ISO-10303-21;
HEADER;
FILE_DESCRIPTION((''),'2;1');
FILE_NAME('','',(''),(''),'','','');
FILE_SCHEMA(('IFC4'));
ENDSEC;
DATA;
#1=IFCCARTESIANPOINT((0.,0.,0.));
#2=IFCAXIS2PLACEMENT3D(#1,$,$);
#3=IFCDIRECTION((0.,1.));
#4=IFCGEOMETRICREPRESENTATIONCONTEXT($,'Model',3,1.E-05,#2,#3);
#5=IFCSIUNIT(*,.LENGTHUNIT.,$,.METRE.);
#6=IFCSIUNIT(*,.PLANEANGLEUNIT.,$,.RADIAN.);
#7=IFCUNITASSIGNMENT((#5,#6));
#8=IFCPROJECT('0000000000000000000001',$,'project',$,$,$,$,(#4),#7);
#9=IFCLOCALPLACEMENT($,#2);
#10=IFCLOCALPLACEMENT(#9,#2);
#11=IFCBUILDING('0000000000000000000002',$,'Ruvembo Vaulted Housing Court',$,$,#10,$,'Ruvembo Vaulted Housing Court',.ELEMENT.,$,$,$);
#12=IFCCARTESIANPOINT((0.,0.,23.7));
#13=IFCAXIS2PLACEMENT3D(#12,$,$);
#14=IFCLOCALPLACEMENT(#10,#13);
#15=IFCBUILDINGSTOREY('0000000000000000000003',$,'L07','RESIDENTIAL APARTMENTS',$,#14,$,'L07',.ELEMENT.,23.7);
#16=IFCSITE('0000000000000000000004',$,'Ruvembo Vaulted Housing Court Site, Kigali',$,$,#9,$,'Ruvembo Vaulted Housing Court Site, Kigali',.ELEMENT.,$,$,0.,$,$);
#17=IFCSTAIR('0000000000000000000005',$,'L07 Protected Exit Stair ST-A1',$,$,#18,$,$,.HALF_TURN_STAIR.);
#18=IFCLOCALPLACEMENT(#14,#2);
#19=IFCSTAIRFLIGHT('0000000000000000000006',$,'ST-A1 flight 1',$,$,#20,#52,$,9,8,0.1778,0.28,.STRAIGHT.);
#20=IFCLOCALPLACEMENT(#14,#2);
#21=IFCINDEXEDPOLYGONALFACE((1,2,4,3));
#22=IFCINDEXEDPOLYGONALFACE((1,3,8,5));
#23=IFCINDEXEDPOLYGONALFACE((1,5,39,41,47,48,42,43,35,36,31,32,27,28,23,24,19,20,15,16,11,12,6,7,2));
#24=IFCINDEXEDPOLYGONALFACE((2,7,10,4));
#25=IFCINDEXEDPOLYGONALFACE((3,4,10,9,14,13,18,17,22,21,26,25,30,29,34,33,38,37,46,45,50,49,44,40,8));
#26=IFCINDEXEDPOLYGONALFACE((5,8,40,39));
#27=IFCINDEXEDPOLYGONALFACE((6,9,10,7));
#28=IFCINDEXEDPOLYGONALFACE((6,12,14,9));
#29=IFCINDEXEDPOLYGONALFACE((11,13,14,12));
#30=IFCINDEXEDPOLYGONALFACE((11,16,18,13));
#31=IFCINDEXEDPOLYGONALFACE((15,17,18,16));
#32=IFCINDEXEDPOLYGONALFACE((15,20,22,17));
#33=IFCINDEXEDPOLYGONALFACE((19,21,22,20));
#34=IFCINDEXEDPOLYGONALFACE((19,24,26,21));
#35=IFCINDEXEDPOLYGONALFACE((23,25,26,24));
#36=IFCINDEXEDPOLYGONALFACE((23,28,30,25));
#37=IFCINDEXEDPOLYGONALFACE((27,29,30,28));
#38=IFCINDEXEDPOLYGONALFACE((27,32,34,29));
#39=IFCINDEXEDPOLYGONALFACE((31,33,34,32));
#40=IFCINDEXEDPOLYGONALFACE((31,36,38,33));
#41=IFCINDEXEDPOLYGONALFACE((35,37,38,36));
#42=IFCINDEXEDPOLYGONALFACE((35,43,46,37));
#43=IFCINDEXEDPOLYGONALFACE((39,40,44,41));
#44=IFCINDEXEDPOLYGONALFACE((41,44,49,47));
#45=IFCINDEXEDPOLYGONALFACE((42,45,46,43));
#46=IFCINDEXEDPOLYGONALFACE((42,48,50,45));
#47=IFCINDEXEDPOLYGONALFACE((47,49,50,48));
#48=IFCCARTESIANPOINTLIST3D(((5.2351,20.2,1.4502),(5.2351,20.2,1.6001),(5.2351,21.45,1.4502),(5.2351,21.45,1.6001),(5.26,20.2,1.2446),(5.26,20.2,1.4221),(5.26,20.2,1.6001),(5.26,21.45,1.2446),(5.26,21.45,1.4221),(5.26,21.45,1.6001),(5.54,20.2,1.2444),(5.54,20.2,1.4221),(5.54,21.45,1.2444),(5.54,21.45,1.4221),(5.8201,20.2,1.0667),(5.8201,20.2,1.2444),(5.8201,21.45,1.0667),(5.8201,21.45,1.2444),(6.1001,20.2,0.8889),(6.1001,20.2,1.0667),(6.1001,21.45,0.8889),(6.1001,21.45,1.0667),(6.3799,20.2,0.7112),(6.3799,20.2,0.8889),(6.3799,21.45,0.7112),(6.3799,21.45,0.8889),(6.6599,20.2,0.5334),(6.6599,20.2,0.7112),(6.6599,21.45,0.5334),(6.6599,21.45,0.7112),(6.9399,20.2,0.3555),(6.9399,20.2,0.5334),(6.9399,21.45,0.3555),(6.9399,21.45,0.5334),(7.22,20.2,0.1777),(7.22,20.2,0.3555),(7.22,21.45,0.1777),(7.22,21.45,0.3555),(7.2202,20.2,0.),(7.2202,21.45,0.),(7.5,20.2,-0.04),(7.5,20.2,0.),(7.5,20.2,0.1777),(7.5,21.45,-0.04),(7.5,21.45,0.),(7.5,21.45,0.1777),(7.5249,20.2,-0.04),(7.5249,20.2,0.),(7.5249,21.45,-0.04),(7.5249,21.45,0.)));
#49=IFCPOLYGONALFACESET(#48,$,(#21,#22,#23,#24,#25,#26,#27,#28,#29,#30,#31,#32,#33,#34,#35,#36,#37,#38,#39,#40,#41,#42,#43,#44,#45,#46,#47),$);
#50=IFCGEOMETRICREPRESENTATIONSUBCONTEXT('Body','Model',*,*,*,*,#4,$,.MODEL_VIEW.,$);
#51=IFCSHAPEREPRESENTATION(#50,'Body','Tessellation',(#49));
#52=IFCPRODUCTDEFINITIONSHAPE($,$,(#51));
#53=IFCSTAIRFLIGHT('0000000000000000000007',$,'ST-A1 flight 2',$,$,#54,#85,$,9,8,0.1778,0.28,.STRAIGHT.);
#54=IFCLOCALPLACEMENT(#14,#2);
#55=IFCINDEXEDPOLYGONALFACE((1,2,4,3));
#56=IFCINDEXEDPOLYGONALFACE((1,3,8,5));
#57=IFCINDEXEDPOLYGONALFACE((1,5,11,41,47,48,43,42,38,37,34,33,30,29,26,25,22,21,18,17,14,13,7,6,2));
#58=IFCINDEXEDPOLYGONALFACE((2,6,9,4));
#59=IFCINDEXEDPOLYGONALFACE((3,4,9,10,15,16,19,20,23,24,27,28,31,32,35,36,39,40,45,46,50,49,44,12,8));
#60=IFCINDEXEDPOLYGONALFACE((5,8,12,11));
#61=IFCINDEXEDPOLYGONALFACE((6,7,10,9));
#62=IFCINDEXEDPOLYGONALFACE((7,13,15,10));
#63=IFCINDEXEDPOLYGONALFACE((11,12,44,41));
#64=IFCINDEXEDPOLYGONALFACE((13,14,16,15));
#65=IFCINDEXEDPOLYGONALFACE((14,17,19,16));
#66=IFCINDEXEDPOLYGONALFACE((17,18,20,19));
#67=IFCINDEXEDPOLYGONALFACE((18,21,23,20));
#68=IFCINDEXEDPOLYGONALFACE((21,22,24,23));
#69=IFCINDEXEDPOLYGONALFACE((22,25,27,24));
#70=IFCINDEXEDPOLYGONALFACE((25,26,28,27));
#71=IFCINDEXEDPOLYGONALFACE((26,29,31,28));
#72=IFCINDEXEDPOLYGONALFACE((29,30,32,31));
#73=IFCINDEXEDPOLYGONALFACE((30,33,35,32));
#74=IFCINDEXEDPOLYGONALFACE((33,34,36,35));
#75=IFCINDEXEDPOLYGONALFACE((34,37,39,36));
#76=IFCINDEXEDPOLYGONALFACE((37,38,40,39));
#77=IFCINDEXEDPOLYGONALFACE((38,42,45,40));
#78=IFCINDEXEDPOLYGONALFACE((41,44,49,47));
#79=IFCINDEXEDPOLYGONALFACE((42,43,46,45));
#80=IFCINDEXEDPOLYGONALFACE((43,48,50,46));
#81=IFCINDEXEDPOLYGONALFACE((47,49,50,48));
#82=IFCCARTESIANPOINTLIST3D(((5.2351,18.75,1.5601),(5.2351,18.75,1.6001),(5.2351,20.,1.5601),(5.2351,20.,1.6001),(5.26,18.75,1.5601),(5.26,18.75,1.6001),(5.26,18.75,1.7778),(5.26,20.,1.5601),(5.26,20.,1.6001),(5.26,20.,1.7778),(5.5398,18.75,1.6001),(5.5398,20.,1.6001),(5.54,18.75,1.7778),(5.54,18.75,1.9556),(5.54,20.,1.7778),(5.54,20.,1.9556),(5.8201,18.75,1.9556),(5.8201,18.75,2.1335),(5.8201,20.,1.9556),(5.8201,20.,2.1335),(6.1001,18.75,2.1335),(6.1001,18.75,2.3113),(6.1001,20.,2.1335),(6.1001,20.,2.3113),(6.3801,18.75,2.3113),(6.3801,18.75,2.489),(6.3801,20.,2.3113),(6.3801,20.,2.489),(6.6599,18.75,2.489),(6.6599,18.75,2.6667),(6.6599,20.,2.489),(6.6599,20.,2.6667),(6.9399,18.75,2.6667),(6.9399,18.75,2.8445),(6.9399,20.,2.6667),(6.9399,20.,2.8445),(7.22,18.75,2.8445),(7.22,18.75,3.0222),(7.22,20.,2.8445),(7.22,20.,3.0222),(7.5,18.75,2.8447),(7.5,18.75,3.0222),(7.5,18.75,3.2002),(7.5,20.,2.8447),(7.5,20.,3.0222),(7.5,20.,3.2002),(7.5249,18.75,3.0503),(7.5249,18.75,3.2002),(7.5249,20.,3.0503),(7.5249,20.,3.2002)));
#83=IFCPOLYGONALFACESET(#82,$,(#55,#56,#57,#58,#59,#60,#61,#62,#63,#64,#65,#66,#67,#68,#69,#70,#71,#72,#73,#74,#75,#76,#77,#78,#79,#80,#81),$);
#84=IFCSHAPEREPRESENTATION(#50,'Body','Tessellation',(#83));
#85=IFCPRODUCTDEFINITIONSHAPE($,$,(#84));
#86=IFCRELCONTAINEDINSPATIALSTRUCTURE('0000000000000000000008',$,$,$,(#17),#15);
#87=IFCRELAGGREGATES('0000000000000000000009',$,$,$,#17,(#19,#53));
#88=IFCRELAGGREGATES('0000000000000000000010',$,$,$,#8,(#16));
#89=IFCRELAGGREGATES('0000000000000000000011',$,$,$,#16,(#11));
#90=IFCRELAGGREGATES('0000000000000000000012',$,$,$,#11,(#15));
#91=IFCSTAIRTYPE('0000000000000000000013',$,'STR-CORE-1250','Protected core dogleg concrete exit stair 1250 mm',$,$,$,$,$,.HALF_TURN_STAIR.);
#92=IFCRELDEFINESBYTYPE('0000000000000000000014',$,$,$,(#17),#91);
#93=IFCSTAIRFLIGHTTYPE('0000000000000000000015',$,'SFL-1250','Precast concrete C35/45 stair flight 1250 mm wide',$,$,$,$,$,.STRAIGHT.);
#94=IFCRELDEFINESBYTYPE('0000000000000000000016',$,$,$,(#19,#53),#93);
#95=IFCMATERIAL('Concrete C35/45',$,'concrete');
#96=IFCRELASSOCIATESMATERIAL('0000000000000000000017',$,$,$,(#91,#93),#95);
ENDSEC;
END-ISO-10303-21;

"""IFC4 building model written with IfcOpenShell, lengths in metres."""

from ifc_helpers import new_model, si_unit, direction, frame, origin, place, context, subcontext, project, spatial, polyline, outline, extrude, material, type_object, element, aggregate, save


model = new_model("IFC4")

# Units and contexts
model_context = context("Model", 3, precision=1e-05, world=origin(), true_north=direction((0.0, 1.0)))
body_context = subcontext(model_context, "Body", "Model", "MODEL_VIEW")
ifc_project = project(units=[si_unit("LENGTHUNIT", "METRE"), si_unit("PLANEANGLEUNIT", "RADIAN")], contexts=[model_context])

# Site, building, storey
site_placement = place(None, origin())
site = spatial("IfcSite", under=ifc_project, at=site_placement, Name="Ruvembo Vaulted Housing Court Site, Kigali", LongName="Ruvembo Vaulted Housing Court Site, Kigali", CompositionType="ELEMENT", RefElevation=0.0)
building_placement = place(site_placement, origin())
building = spatial("IfcBuilding", under=site, at=building_placement, Name="Ruvembo Vaulted Housing Court", LongName="Ruvembo Vaulted Housing Court", CompositionType="ELEMENT")
storey_placement = place(building_placement, frame((0.0, 0.0, 23.7)))
storey = spatial("IfcBuildingStorey", under=building, at=storey_placement, Name="L07", Description="RESIDENTIAL APARTMENTS", LongName="L07", CompositionType="ELEMENT", Elevation=23.7)

# Shared definitions
ifc_material_1 = material(Name="Concrete C35/45", Category="concrete")

# Stair, stair flights
stair_type = type_object("IfcStairType", Name="STR-CORE-1250", Description="Protected core dogleg concrete exit stair 1250 mm", PredefinedType="HALF_TURN_STAIR", material=ifc_material_1)
stair_placement = place(storey_placement, origin())
stair = element("IfcStair", 1, at=stair_placement, inside=storey, type_object=stair_type, Name="L07 Protected Exit Stair ST-A1", PredefinedType="HALF_TURN_STAIR")
stair_flight_type = type_object("IfcStairFlightType", Name="SFL-1250", Description="Precast concrete C35/45 stair flight 1250 mm wide", PredefinedType="STRAIGHT", material=ifc_material_1)
stair_flight_1_placement = place(storey_placement, frame((7.5, 20.825, 0.0), z_axis=(0.0, 0.0, 1.0), x_axis=(-1.0, 0.0, 0.0)))
stair_flight_1 = element("IfcStairFlight", 2, at=stair_flight_1_placement, type_object=stair_flight_type, Name="ST-A1 flight 1", NumberOfRisers=9, NumberOfTreads=8, PredefinedType="STRAIGHT", RiserHeight=0.1778, TreadLength=0.28, context=body_context, shape_type="SweptSolid", body=[
    extrude(outline(polyline([(-0.0249, -0.04), (-0.0249, 0.0), (0.0, 0.0), (0.0, 0.1777), (0.28, 0.1777), (0.28, 0.3555), (0.5601, 0.3555), (0.5601, 0.5334), (0.8401, 0.5334), (0.8401, 0.7112), (1.1201, 0.7112), (1.1201, 0.8889), (1.3999, 0.8889), (1.3999, 1.0667), (1.6799, 1.0667), (1.6799, 1.2444), (1.96, 1.2444), (1.96, 1.4221), (2.24, 1.4221), (2.24, 1.6001), (2.2649, 1.6001), (2.2649, 1.4502), (2.24, 1.2446), (0.2798, 0.0), (0.0, -0.04), (-0.0249, -0.04)])), frame((0.0, 0.625, 0.0), z_axis=(0.0, -1.0, 0.0), x_axis=(1.0, 0.0, 0.0)), (0.0, 0.0, 1.0), 1.25),
])
stair_flight_2_placement = place(storey_placement, frame((5.26, 19.375, 1.6001), z_axis=(0.0, 0.0, 1.0), x_axis=(1.0, 0.0, 0.0)))
stair_flight_2 = element("IfcStairFlight", 3, at=stair_flight_2_placement, type_object=stair_flight_type, Name="ST-A1 flight 2", NumberOfRisers=9, NumberOfTreads=8, PredefinedType="STRAIGHT", RiserHeight=0.1778, TreadLength=0.28, context=body_context, shape_type="SweptSolid", body=[
    extrude(outline(polyline([(-0.0249, -0.04), (-0.0249, 0.0), (0.0, 0.0), (0.0, 0.1777), (0.28, 0.1777), (0.28, 0.3555), (0.5601, 0.3555), (0.5601, 0.5334), (0.8401, 0.5334), (0.8401, 0.7112), (1.1201, 0.7112), (1.1201, 0.8889), (1.3999, 0.8889), (1.3999, 1.0667), (1.6799, 1.0667), (1.6799, 1.2444), (1.96, 1.2444), (1.96, 1.4221), (2.24, 1.4221), (2.24, 1.6001), (2.2649, 1.6001), (2.2649, 1.4502), (2.24, 1.2446), (0.2798, 0.0), (0.0, -0.04), (-0.0249, -0.04)])), frame((0.0, 0.625, 0.0), z_axis=(0.0, -1.0, 0.0), x_axis=(1.0, 0.0, 0.0)), (0.0, 0.0, 1.0), 1.25),
])
aggregate(stair, [stair_flight_1, stair_flight_2])

save(model, "model.ifc")
